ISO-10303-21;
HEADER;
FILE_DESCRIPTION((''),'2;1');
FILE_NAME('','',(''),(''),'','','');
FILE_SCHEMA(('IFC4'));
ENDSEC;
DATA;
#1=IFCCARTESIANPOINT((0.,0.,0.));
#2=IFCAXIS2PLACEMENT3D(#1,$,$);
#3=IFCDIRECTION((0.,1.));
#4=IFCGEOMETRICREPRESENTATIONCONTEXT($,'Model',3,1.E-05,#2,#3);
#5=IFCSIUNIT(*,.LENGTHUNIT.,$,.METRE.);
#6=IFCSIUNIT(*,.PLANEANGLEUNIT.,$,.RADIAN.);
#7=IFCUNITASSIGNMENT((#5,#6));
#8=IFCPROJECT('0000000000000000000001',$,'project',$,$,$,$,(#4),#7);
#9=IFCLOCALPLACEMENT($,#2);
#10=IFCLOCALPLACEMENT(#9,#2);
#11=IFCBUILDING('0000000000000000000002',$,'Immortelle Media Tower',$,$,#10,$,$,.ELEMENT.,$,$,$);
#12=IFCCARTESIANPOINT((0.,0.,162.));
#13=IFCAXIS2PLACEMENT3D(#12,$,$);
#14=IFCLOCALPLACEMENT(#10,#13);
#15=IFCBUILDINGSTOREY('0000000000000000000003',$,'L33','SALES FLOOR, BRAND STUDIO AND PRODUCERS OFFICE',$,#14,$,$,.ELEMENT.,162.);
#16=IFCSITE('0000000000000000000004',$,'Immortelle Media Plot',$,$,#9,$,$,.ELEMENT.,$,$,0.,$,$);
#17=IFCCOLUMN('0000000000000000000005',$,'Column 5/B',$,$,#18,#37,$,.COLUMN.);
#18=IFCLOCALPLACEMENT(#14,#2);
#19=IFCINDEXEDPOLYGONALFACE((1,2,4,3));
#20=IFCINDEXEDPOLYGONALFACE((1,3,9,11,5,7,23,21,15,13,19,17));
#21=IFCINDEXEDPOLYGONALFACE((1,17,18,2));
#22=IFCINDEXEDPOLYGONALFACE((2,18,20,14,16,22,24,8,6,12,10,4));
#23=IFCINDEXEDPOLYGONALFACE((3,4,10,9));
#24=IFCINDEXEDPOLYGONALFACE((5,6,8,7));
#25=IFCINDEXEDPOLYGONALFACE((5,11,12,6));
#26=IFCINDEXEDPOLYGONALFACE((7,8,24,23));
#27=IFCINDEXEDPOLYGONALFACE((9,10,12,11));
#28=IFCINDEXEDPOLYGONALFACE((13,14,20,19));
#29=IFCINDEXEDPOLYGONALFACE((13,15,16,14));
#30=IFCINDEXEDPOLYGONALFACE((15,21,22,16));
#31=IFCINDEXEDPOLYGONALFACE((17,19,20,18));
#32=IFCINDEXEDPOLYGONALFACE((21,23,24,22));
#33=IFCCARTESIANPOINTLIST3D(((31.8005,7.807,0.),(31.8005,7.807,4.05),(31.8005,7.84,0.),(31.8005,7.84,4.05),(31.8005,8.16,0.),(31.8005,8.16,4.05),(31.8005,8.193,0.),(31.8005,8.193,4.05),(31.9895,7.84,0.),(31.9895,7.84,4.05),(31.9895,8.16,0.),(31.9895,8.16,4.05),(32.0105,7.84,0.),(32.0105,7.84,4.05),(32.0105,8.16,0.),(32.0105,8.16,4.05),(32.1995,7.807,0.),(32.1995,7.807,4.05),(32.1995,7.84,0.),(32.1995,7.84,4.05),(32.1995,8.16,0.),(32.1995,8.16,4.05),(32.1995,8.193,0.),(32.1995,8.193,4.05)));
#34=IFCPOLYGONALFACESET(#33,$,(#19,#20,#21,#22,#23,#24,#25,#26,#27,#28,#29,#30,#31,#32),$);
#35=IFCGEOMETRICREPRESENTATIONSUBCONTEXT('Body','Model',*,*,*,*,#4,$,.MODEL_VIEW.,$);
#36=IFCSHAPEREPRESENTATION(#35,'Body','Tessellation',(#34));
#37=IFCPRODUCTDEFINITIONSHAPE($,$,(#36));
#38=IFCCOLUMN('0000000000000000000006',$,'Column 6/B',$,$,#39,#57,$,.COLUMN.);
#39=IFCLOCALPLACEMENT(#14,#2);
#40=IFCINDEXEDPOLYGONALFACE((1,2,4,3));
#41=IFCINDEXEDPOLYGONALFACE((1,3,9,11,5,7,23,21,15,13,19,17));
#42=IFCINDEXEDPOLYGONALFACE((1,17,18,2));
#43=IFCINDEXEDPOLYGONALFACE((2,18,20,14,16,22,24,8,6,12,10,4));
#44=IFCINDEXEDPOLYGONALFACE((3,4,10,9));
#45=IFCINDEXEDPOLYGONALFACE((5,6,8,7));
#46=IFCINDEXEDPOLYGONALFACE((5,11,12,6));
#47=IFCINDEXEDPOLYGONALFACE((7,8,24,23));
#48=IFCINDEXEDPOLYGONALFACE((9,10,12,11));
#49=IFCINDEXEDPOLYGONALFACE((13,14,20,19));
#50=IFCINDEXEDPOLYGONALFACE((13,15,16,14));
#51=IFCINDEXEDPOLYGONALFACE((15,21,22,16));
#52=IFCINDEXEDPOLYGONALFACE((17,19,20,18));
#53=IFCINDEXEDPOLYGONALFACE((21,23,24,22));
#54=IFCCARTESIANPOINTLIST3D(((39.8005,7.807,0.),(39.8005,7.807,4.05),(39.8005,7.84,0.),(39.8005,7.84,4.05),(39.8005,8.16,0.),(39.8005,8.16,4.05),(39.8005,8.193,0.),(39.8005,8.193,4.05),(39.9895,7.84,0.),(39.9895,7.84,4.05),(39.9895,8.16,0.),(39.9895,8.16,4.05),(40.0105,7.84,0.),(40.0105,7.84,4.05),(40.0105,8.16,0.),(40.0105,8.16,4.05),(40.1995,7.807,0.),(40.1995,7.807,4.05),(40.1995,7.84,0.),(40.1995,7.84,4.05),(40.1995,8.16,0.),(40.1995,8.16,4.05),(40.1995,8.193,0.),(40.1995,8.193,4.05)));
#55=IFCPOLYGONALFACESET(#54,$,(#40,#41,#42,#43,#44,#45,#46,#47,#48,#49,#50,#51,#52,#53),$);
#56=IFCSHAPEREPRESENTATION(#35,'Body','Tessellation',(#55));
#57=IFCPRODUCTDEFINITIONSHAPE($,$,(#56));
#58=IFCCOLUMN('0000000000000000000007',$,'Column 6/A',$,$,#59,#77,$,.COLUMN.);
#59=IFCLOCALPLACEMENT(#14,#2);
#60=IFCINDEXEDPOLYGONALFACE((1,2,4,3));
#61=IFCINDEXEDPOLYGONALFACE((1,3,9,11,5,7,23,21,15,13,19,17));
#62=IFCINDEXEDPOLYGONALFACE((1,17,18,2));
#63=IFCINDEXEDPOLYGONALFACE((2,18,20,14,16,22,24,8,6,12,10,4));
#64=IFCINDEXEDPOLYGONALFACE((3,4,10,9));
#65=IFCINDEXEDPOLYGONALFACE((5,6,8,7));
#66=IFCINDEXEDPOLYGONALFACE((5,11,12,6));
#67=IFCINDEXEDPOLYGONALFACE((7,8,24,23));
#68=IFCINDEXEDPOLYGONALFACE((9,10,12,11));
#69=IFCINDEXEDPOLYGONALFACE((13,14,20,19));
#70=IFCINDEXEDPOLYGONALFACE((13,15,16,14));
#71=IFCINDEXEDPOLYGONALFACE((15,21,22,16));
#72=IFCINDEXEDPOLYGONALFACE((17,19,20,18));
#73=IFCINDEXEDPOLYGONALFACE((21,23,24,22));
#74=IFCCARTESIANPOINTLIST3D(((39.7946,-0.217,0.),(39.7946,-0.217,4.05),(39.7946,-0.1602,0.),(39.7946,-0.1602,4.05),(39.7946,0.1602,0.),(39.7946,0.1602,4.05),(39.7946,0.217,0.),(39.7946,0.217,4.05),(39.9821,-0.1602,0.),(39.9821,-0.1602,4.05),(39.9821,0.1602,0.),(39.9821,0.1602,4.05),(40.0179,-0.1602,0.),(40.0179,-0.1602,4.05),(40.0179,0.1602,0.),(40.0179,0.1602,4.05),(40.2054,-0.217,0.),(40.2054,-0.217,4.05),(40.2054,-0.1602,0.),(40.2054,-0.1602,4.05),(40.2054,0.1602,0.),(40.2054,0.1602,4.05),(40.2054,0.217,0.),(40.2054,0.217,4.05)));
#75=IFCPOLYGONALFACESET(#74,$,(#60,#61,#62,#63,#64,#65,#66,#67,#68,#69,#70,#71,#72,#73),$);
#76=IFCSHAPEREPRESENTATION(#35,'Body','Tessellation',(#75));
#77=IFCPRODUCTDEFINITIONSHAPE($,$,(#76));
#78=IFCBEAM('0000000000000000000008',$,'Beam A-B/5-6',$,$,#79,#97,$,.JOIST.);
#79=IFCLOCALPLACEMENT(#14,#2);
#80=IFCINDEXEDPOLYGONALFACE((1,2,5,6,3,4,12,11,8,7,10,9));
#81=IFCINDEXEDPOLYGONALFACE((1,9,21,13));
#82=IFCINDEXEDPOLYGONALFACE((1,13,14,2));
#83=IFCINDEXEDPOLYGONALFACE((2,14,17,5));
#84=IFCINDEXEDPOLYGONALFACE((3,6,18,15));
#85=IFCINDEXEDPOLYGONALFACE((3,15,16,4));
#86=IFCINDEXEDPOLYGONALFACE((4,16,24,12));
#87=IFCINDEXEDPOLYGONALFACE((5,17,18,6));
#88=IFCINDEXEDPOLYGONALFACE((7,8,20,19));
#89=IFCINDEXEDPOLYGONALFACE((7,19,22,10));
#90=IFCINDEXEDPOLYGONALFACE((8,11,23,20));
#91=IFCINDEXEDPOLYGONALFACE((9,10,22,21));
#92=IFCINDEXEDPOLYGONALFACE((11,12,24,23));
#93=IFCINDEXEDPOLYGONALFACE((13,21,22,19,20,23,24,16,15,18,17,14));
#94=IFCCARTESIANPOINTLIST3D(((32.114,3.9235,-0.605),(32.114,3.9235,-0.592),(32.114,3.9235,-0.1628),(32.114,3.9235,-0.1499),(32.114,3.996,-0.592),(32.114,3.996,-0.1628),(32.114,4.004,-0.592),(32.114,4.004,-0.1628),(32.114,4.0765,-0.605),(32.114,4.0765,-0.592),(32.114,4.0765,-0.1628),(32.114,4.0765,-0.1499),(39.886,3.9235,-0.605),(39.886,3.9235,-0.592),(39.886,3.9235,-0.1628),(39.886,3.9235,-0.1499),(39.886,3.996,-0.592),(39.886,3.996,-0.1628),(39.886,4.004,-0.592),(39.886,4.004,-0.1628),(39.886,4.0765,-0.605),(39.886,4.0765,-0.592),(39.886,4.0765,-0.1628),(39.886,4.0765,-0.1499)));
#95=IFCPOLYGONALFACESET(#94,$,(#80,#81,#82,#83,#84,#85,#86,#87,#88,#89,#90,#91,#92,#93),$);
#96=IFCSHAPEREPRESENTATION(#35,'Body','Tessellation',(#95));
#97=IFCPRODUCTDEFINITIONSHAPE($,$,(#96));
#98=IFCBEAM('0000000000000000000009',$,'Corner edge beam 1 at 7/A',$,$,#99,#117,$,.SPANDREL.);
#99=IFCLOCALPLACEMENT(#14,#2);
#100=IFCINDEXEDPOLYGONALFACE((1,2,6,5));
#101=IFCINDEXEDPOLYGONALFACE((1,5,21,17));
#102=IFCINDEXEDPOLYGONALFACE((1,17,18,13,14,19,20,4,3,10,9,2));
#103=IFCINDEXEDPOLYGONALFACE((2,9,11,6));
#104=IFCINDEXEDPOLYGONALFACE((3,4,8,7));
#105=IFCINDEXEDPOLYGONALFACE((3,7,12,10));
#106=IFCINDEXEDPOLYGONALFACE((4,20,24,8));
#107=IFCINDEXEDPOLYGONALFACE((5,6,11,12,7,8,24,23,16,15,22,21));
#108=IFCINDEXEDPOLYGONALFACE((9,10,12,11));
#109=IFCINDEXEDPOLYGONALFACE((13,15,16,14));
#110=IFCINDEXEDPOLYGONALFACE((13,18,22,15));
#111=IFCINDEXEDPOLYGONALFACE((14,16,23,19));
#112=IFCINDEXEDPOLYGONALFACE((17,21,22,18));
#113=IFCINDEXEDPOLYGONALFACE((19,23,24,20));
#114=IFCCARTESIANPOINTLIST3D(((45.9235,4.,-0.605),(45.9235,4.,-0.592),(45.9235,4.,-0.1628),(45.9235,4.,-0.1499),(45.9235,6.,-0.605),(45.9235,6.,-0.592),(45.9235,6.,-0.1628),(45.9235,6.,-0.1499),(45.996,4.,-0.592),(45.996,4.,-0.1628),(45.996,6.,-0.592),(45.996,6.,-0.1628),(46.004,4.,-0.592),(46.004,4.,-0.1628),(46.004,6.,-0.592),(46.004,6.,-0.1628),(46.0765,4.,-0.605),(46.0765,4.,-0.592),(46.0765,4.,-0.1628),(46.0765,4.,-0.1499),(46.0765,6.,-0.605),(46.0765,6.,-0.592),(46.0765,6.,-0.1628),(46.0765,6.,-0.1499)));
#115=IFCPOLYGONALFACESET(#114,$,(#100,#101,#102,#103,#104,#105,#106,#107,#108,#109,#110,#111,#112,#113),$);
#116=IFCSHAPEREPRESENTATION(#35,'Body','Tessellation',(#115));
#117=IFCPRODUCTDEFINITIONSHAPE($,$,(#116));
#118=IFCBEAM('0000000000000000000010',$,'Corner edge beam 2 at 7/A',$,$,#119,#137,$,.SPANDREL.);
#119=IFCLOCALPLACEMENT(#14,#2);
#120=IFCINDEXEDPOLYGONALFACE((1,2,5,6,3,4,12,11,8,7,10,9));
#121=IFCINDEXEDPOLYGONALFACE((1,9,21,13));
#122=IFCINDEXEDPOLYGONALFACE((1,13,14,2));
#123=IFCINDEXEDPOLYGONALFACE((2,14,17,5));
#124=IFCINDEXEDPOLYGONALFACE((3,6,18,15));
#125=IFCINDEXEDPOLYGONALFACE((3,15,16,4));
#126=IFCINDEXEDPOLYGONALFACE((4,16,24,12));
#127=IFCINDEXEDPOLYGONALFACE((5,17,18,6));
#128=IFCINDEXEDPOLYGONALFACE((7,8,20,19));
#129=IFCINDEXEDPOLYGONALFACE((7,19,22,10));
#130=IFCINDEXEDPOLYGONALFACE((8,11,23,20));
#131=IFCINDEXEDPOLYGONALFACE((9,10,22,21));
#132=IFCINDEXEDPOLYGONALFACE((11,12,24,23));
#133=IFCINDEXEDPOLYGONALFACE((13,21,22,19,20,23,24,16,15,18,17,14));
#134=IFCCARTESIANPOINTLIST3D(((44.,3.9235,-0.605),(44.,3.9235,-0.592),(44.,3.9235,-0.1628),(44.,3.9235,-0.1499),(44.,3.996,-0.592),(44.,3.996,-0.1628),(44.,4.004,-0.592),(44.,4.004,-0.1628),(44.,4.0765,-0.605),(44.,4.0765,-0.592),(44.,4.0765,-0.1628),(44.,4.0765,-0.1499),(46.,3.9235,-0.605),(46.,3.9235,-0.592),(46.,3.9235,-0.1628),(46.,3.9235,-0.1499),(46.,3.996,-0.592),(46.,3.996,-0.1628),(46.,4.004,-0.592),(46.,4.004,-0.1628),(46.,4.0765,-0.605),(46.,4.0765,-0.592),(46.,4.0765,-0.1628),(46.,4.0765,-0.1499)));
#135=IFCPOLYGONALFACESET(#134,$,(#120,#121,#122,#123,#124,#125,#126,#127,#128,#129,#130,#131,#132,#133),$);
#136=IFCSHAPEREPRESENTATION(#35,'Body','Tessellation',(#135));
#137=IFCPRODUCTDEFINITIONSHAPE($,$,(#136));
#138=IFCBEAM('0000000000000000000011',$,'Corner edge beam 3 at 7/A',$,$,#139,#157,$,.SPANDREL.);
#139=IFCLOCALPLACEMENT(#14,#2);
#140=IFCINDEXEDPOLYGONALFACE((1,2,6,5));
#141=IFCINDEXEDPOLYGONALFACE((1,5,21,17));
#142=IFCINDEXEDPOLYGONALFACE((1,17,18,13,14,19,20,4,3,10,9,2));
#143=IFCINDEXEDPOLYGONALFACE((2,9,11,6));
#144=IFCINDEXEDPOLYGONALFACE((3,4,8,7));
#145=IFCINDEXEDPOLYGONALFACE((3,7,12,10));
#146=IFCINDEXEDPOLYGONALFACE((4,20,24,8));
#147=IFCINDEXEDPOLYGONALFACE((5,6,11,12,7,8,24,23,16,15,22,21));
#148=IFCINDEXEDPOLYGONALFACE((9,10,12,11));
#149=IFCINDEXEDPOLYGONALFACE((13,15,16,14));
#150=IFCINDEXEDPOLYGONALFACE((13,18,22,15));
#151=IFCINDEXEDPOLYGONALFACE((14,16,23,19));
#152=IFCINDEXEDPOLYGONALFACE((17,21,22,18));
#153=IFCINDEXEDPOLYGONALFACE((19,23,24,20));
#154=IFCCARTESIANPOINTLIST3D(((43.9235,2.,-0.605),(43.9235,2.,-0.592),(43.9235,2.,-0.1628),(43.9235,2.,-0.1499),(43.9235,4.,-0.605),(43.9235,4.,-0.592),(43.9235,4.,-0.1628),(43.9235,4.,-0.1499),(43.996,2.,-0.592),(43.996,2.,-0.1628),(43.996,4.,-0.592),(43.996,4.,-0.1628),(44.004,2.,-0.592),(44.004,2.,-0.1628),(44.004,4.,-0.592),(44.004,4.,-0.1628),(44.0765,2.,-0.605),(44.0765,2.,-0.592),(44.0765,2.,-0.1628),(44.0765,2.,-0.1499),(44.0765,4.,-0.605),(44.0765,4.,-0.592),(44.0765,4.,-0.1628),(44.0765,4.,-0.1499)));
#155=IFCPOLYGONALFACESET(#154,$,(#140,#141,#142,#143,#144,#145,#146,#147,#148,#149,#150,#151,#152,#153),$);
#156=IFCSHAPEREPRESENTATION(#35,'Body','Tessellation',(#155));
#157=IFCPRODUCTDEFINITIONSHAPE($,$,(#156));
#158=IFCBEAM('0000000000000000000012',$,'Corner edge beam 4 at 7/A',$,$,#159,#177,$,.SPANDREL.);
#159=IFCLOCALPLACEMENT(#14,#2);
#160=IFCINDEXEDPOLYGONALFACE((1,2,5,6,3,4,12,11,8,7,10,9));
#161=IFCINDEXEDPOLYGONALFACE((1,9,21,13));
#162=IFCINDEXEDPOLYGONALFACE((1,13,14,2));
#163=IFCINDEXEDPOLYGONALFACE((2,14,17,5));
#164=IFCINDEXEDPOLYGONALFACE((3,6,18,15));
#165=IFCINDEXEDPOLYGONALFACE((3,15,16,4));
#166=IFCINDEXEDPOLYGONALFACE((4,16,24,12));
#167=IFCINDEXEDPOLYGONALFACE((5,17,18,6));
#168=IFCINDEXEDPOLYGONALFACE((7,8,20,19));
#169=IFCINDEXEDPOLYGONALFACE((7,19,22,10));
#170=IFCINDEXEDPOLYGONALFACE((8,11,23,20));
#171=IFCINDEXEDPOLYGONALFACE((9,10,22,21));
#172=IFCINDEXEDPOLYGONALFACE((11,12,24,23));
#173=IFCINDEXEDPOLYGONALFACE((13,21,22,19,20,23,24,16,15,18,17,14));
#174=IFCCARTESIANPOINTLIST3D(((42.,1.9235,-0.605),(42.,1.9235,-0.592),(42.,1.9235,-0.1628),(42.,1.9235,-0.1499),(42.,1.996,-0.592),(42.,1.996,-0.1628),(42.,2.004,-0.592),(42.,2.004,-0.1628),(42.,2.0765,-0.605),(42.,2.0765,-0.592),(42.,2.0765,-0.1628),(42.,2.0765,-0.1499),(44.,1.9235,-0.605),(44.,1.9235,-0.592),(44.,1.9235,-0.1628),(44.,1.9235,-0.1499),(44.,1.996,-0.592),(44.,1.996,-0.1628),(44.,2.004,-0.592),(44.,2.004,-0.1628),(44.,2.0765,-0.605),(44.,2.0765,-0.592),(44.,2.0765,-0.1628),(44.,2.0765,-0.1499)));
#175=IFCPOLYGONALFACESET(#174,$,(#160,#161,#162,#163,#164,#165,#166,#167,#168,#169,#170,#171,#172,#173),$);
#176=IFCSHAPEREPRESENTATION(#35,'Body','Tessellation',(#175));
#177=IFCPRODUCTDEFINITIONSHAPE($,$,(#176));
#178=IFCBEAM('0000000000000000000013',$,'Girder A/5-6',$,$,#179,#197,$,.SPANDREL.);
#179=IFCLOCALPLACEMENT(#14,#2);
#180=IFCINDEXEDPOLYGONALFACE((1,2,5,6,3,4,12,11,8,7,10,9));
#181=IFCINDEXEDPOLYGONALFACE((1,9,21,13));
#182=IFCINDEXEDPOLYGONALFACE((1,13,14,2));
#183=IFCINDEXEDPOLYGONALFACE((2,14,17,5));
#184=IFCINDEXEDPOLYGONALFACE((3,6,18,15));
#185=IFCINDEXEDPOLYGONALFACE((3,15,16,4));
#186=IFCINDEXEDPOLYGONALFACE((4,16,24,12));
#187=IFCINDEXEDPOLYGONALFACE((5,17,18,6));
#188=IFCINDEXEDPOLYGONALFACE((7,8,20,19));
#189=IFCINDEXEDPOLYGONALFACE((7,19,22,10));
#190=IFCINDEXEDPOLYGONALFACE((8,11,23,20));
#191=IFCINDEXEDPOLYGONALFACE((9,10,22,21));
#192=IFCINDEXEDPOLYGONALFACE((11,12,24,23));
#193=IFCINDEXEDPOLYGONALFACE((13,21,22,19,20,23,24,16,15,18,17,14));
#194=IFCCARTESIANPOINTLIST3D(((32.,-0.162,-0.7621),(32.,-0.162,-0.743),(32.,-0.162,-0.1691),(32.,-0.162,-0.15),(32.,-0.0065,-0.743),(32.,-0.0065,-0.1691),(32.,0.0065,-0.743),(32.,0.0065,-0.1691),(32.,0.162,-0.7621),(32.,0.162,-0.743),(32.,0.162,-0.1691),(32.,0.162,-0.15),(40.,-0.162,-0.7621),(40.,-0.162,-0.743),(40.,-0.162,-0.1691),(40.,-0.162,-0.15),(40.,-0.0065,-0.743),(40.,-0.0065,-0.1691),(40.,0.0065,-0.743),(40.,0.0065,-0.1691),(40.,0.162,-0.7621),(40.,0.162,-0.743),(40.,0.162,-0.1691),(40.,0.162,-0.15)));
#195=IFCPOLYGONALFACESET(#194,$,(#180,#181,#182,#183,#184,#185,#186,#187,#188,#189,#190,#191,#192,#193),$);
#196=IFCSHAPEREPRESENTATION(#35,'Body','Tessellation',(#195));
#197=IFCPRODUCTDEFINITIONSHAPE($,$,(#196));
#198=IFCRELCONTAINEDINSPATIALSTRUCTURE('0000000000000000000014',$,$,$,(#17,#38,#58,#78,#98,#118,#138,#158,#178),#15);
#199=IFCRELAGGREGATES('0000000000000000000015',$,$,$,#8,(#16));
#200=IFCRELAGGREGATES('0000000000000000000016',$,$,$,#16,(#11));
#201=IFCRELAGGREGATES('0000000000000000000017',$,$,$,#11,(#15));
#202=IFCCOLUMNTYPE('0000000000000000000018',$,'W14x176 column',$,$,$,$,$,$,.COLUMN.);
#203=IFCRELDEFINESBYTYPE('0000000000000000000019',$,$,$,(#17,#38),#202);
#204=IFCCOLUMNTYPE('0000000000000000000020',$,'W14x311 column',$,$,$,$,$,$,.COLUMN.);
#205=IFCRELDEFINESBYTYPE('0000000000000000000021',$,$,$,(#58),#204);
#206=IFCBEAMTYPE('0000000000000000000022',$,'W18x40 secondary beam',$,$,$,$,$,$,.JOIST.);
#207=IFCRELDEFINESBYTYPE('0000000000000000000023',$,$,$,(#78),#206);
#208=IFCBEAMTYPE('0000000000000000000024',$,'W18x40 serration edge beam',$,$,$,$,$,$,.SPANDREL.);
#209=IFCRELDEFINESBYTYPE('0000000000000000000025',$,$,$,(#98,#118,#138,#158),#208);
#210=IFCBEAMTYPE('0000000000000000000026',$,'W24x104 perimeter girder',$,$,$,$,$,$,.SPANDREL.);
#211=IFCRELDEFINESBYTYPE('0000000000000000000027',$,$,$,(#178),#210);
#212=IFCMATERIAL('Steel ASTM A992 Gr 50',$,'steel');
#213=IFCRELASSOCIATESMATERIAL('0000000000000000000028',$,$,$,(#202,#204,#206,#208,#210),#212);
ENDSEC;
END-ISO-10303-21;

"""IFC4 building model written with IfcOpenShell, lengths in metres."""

from ifc_helpers import new_model, si_unit, direction, frame, origin, origin_2d, place, context, subcontext, project, spatial, i_section, extrude, material, material_profile, profile_set, type_object, element, save


model = new_model("IFC4")

# Units and contexts
model_context = context("Model", 3, precision=1e-05, world=origin(), true_north=direction((0.0, 1.0)))
body_context = subcontext(model_context, "Body", "Model", "MODEL_VIEW")
ifc_project = project(units=[si_unit("LENGTHUNIT", "METRE"), si_unit("PLANEANGLEUNIT", "RADIAN")], contexts=[model_context])

# Site, building, storey
site_placement = place(None, origin())
site = spatial("IfcSite", under=ifc_project, at=site_placement, Name="Immortelle Media Plot", CompositionType="ELEMENT", RefElevation=0.0)
building_placement = place(site_placement, origin())
building = spatial("IfcBuilding", under=site, at=building_placement, Name="Immortelle Media Tower", CompositionType="ELEMENT")
storey_placement = place(building_placement, frame((0.0, 0.0, 162.0)))
storey = spatial("IfcBuildingStorey", under=building, at=storey_placement, Name="L33", Description="SALES FLOOR, BRAND STUDIO AND PRODUCERS OFFICE", CompositionType="ELEMENT", Elevation=162.0)

# Columns
ifc_material_1 = material(Name="Steel ASTM A992 Gr 50", Category="steel")
ifc_material_profile_1 = material_profile(ifc_material_1, i_section(OverallWidth=0.3989, OverallDepth=0.386, WebThickness=0.021, FlangeThickness=0.033, at=origin_2d()), Name="W14x176")
ifc_profile_set_1 = profile_set([ifc_material_profile_1], Name="Steel ASTM A992 Gr 50")
column_type_1 = type_object("IfcColumnType", Name="W14x176 column", PredefinedType="COLUMN", material=ifc_profile_set_1)
for number, where, z_axis, x_axis, name in (
    (1, (32.0, 8.0, 0.0), (0.0, 0.0, 1.0), (1.0, 0.0, 0.0), "Column 5/B"),
    (2, (40.0, 8.0, 0.0), (0.0, 0.0, 1.0), (1.0, 0.0, 0.0), "Column 6/B"),
):
    element("IfcColumn", number, at=place(storey_placement, frame(where, z_axis=z_axis, x_axis=x_axis)), inside=storey, type_object=column_type_1, Name=name, PredefinedType="COLUMN", context=body_context, shape_type="SweptSolid", body=[
        extrude(i_section(OverallWidth=0.3989, OverallDepth=0.386, WebThickness=0.021, FlangeThickness=0.033, at=origin_2d()), origin(), (0.0, 0.0, 1.0), 4.05),
    ])
ifc_material_profile_2 = material_profile(ifc_material_1, i_section(OverallWidth=0.4109, OverallDepth=0.4341, WebThickness=0.0359, FlangeThickness=0.0569, at=origin_2d()), Name="W14x311")
ifc_profile_set_2 = profile_set([ifc_material_profile_2], Name="Steel ASTM A992 Gr 50")
column_type_2 = type_object("IfcColumnType", Name="W14x311 column", PredefinedType="COLUMN", material=ifc_profile_set_2)
column_placement = place(storey_placement, frame((40.0, 0.0, 0.0), z_axis=(0.0, 0.0, 1.0), x_axis=(1.0, 0.0, 0.0)))
element("IfcColumn", 3, at=column_placement, inside=storey, type_object=column_type_2, Name="Column 6/A", PredefinedType="COLUMN", context=body_context, shape_type="SweptSolid", body=[
    extrude(i_section(OverallWidth=0.4109, OverallDepth=0.4341, WebThickness=0.0359, FlangeThickness=0.0569, at=origin_2d()), origin(), (0.0, 0.0, 1.0), 4.05),
])

# Beams
ifc_material_profile_3 = material_profile(ifc_material_1, i_section(OverallWidth=0.1531, OverallDepth=0.4551, WebThickness=0.0081, FlangeThickness=0.0129, at=origin_2d()), Name="W18x40")
ifc_profile_set_3 = profile_set([ifc_material_profile_3], Name="Steel ASTM A992 Gr 50")
beam_type_1 = type_object("IfcBeamType", Name="W18x40 secondary beam", PredefinedType="JOIST", material=ifc_profile_set_3)
beam_1_placement = place(storey_placement, frame((32.114, 4.0, -0.3774), z_axis=(1.0, 0.0, 0.0), x_axis=(0.0, 1.0, 0.0)))
element("IfcBeam", 4, at=beam_1_placement, inside=storey, type_object=beam_type_1, Name="Beam A-B/5-6", PredefinedType="JOIST", context=body_context, shape_type="SweptSolid", body=[
    extrude(i_section(OverallWidth=0.1531, OverallDepth=0.4551, WebThickness=0.0081, FlangeThickness=0.0129, at=origin_2d()), origin(), (0.0, 0.0, 1.0), 7.772),
])
ifc_material_profile_4 = material_profile(ifc_material_1, i_section(OverallWidth=0.1531, OverallDepth=0.4551, WebThickness=0.0081, FlangeThickness=0.0129, at=origin_2d()), Name="W18x40")
ifc_profile_set_4 = profile_set([ifc_material_profile_4], Name="Steel ASTM A992 Gr 50")
beam_type_2 = type_object("IfcBeamType", Name="W18x40 serration edge beam", PredefinedType="SPANDREL", material=ifc_profile_set_4)
for number, where, z_axis, x_axis, name in (
    (5, (46.0, 6.0, -0.3774), (0.0, -1.0, 0.0), (1.0, 0.0, 0.0), "Corner edge beam 1 at 7/A"),
    (6, (46.0, 4.0, -0.3774), (-1.0, 0.0, 0.0), (0.0, -1.0, 0.0), "Corner edge beam 2 at 7/A"),
    (7, (44.0, 4.0, -0.3774), (0.0, -1.0, 0.0), (1.0, 0.0, 0.0), "Corner edge beam 3 at 7/A"),
    (8, (44.0, 2.0, -0.3774), (-1.0, 0.0, 0.0), (0.0, -1.0, 0.0), "Corner edge beam 4 at 7/A"),
):
    element("IfcBeam", number, at=place(storey_placement, frame(where, z_axis=z_axis, x_axis=x_axis)), inside=storey, type_object=beam_type_2, Name=name, PredefinedType="SPANDREL", context=body_context, shape_type="SweptSolid", body=[
        extrude(i_section(OverallWidth=0.1531, OverallDepth=0.4551, WebThickness=0.0081, FlangeThickness=0.0129, at=origin_2d()), origin(), (0.0, 0.0, 1.0), 2.0),
    ])
ifc_material_profile_5 = material_profile(ifc_material_1, i_section(OverallWidth=0.324, OverallDepth=0.6121, WebThickness=0.0129, FlangeThickness=0.019, at=origin_2d()), Name="W24x104")
ifc_profile_set_5 = profile_set([ifc_material_profile_5], Name="Steel ASTM A992 Gr 50")
beam_type_3 = type_object("IfcBeamType", Name="W24x104 perimeter girder", PredefinedType="SPANDREL", material=ifc_profile_set_5)
beam_2_placement = place(storey_placement, frame((32.0, 0.0, -0.4561), z_axis=(1.0, 0.0, 0.0), x_axis=(0.0, 1.0, 0.0)))
element("IfcBeam", 9, at=beam_2_placement, inside=storey, type_object=beam_type_3, Name="Girder A/5-6", PredefinedType="SPANDREL", context=body_context, shape_type="SweptSolid", body=[
    extrude(i_section(OverallWidth=0.324, OverallDepth=0.6121, WebThickness=0.0129, FlangeThickness=0.019, at=origin_2d()), origin(), (0.0, 0.0, 1.0), 8.0),
])

save(model, "model.ifc")
